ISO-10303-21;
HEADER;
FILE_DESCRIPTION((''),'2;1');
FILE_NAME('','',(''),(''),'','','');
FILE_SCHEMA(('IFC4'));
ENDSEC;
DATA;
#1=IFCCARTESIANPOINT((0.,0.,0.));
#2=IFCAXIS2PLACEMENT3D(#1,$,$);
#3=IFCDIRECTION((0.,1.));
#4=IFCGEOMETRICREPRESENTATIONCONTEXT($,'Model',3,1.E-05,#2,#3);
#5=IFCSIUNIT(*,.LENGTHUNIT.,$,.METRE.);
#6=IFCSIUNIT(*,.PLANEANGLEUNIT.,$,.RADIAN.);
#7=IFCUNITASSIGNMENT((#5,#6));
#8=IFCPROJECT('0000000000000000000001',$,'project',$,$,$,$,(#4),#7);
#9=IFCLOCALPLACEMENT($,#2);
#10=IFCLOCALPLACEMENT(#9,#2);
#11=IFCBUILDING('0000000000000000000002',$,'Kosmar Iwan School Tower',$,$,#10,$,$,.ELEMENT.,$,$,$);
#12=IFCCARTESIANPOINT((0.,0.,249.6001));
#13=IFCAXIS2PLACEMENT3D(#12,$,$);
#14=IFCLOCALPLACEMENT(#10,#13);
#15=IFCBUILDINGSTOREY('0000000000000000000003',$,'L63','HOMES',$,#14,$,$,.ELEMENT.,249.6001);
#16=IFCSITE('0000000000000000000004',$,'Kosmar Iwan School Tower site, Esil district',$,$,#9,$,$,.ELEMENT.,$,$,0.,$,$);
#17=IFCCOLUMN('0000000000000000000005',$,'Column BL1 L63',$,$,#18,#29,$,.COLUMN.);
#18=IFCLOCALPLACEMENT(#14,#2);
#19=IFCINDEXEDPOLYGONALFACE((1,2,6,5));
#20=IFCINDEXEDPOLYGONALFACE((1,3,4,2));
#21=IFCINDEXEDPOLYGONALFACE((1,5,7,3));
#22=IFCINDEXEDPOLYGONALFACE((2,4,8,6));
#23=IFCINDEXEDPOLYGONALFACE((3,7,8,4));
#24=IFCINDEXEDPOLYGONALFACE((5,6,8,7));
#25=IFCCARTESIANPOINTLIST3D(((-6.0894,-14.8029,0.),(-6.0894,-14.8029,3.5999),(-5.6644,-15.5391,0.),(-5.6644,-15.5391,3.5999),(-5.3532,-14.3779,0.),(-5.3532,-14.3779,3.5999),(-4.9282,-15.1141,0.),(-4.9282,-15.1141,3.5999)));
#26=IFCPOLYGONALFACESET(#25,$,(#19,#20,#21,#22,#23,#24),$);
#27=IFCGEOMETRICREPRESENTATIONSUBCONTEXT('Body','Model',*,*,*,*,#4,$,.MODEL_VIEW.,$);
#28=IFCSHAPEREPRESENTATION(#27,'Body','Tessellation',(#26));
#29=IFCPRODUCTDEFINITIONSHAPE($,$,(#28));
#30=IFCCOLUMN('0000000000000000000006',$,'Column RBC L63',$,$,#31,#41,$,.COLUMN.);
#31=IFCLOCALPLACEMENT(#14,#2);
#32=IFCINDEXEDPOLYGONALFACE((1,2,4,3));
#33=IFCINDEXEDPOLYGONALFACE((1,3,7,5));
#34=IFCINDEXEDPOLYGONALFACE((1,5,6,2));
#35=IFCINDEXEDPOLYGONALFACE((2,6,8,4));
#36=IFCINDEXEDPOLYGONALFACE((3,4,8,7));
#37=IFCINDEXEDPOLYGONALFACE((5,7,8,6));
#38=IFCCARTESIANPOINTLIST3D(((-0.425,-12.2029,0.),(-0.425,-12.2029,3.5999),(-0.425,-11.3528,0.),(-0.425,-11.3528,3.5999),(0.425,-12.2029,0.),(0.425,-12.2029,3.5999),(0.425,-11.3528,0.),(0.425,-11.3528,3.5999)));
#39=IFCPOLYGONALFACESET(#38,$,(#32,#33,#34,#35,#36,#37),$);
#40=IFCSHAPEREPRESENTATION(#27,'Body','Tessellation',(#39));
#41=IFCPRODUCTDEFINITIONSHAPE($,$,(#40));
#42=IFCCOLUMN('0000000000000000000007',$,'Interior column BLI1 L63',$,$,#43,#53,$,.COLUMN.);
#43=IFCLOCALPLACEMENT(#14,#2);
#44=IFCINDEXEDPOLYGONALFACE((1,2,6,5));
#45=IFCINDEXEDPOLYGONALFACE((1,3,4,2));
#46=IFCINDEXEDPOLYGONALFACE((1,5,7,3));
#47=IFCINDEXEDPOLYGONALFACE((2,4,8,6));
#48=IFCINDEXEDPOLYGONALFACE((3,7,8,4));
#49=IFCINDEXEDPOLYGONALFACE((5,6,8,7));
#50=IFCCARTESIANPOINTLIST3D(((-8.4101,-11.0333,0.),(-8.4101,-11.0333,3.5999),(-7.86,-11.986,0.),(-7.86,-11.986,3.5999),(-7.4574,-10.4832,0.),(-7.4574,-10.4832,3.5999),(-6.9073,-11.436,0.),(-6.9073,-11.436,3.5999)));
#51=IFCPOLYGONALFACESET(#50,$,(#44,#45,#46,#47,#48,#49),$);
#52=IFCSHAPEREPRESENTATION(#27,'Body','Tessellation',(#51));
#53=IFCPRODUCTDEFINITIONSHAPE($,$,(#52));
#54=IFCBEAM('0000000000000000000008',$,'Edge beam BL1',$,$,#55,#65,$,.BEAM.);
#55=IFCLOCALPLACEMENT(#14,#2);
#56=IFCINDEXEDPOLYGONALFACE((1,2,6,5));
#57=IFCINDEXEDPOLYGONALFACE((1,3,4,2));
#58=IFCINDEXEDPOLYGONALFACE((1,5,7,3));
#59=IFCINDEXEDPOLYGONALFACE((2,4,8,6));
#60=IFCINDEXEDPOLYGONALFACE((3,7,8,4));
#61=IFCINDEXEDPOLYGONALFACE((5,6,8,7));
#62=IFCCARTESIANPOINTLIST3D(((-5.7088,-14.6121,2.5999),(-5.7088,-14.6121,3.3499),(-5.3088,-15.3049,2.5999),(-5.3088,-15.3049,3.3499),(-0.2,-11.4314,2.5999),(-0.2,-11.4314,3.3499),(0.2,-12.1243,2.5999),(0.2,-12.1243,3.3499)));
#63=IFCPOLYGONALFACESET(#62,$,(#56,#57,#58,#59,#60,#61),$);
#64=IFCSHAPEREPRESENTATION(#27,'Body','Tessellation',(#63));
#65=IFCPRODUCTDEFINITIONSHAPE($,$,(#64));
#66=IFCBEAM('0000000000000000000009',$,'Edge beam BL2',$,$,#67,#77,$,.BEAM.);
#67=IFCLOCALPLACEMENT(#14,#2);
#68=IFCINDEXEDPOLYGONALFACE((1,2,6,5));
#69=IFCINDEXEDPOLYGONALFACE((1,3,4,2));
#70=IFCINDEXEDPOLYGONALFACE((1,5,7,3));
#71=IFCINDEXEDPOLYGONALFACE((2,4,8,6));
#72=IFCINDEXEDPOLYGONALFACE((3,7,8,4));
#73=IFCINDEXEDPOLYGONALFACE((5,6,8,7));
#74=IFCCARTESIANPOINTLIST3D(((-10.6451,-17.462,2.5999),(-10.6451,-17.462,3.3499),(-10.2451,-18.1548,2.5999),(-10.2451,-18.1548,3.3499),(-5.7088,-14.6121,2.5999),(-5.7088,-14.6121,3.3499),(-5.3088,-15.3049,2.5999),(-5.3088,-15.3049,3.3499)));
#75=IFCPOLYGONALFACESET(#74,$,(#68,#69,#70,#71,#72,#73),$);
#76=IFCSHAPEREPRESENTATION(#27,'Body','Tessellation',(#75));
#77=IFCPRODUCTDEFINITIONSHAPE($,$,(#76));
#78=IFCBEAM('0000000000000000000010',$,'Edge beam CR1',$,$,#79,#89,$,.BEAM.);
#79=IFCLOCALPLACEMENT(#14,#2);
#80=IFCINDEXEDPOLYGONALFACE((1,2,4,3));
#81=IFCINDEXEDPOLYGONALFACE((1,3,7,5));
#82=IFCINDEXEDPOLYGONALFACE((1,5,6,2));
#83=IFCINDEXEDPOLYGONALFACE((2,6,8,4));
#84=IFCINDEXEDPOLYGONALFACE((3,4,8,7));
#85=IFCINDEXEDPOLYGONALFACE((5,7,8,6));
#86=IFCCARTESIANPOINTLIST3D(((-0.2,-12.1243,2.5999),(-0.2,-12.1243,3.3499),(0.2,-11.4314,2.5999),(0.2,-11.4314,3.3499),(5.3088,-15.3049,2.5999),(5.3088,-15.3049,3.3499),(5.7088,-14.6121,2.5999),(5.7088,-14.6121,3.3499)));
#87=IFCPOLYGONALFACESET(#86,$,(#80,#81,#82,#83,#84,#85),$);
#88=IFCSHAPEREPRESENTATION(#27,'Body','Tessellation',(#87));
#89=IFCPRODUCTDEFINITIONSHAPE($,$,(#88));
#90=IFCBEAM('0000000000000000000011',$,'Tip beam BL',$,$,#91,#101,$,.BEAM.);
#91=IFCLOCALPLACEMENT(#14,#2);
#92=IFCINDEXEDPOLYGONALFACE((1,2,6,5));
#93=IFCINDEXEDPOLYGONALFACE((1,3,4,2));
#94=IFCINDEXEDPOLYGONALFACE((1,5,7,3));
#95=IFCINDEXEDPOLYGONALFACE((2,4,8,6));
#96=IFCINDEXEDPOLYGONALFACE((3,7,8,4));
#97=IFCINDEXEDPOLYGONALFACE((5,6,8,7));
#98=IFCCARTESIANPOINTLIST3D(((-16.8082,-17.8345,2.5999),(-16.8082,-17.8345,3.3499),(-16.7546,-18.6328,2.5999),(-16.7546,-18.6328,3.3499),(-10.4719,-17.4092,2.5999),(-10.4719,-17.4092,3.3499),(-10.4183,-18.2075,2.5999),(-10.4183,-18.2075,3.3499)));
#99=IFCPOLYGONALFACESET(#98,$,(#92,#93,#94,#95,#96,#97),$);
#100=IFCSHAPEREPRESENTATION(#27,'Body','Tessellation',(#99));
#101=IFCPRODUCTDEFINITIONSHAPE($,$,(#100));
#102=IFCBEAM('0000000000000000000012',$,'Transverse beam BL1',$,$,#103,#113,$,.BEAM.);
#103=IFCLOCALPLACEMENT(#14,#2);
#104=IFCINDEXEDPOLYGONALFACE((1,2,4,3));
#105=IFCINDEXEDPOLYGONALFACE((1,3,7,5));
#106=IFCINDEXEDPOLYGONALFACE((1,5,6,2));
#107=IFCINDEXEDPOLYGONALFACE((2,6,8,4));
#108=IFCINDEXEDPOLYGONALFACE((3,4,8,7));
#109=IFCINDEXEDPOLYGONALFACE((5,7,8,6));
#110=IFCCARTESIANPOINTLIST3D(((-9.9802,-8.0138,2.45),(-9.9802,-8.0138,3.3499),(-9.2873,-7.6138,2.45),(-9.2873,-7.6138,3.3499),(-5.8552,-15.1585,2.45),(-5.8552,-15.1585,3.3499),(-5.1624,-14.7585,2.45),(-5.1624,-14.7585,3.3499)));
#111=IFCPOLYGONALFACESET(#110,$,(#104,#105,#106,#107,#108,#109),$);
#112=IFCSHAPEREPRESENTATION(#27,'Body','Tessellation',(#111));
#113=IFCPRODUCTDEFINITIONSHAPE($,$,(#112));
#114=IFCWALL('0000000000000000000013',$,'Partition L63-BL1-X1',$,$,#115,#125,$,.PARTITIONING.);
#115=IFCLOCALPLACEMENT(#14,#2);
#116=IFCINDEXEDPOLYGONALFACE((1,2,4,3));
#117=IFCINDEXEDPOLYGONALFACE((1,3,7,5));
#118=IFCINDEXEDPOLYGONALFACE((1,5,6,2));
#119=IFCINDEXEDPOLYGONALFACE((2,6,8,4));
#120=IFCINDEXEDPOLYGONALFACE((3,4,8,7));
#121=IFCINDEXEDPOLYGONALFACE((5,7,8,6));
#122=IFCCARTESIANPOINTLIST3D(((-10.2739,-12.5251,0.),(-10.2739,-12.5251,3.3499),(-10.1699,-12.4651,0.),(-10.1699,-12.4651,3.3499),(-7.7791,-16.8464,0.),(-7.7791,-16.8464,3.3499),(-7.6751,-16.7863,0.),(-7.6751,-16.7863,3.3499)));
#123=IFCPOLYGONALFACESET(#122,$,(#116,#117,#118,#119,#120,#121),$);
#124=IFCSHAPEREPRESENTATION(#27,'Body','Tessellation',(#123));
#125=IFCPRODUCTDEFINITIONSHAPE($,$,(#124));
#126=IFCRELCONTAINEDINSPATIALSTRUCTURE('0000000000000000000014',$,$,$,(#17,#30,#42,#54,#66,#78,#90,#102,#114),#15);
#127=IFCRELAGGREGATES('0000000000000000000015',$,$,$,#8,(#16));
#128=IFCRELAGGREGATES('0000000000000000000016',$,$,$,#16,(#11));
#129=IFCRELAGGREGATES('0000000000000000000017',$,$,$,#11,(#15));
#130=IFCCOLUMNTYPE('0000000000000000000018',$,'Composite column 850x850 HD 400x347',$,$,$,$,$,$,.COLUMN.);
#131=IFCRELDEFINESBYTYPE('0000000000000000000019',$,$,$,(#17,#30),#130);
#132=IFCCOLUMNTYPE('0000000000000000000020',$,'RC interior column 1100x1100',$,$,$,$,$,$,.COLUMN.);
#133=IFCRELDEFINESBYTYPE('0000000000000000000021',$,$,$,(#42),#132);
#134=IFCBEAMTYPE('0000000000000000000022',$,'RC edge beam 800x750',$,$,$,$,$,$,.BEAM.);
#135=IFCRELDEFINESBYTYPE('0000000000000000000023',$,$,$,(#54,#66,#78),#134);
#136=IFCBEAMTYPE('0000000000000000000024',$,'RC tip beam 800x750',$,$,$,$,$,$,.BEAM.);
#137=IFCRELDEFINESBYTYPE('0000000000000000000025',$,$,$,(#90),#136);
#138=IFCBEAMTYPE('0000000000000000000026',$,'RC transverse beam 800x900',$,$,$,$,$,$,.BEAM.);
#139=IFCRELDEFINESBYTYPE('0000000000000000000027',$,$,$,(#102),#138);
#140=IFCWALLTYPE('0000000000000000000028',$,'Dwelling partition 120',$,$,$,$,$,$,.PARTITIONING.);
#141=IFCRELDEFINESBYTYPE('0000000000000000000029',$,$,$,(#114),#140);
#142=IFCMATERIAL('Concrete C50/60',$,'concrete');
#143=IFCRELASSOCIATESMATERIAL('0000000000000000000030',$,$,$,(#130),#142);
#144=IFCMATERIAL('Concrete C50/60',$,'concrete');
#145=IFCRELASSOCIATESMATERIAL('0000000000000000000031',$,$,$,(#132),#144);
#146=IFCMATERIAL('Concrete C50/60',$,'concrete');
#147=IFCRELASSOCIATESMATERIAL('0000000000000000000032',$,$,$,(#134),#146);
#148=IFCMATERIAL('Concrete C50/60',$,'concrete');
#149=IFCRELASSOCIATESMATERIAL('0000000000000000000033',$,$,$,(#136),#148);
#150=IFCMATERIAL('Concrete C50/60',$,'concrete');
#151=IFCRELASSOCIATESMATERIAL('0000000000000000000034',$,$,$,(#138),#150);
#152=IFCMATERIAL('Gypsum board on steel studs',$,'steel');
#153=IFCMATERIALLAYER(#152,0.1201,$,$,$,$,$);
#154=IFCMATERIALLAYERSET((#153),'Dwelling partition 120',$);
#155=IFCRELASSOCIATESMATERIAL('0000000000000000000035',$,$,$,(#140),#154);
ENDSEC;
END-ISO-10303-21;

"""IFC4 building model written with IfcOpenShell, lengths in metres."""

from ifc_helpers import new_model, si_unit, direction, frame, frame_2d, origin, origin_2d, place, context, subcontext, project, spatial, rectangle, extrude, material, layer, layer_set, material_profile, profile_set, type_object, element, save


model = new_model("IFC4")

# Units and contexts
model_context = context("Model", 3, precision=1e-05, world=origin(), true_north=direction((0.0, 1.0)))
body_context = subcontext(model_context, "Body", "Model", "MODEL_VIEW")
ifc_project = project(units=[si_unit("LENGTHUNIT", "METRE"), si_unit("PLANEANGLEUNIT", "RADIAN")], contexts=[model_context])

# Site, building, storey
site_placement = place(None, origin())
site = spatial("IfcSite", under=ifc_project, at=site_placement, Name="Kosmar Iwan School Tower site, Esil district", CompositionType="ELEMENT", RefElevation=0.0)
building_placement = place(site_placement, origin())
building = spatial("IfcBuilding", under=site, at=building_placement, Name="Kosmar Iwan School Tower", CompositionType="ELEMENT")
storey_placement = place(building_placement, frame((0.0, 0.0, 249.6001)))
storey = spatial("IfcBuildingStorey", under=building, at=storey_placement, Name="L63", Description="HOMES", CompositionType="ELEMENT", Elevation=249.6001)

# Columns
ifc_material_1 = material(Name="Concrete C50/60", Category="concrete")
ifc_material_profile_1 = material_profile(ifc_material_1, rectangle(XDim=0.8501, YDim=0.8501, at=origin_2d()), Name="RC 850x850 + HD 400x347")
ifc_profile_set_1 = profile_set([ifc_material_profile_1], Name="Concrete C50/60")
column_type_1 = type_object("IfcColumnType", Name="Composite column 850x850 HD 400x347", PredefinedType="COLUMN", material=ifc_profile_set_1)
for number, where, z_axis, x_axis, name in (
    (1, (-5.5088, -14.9585, 0.0), (0.0, 0.0, 1.0), (-0.866025, -0.5, 0.0), "Column BL1 L63"),
    (2, (0.0, -11.7778, 0.0), (0.0, 0.0, 1.0), (1.0, 0.0, 0.0), "Column RBC L63"),
):
    element("IfcColumn", number, at=place(storey_placement, frame(where, z_axis=z_axis, x_axis=x_axis)), inside=storey, type_object=column_type_1, Name=name, PredefinedType="COLUMN", context=body_context, shape_type="SweptSolid", body=[
        extrude(rectangle(XDim=0.8501, YDim=0.8501, at=origin_2d()), origin(), (0.0, 0.0, 1.0), 3.5999),
    ])
ifc_material_2 = material(Name="Concrete C50/60", Category="concrete")
ifc_material_profile_2 = material_profile(ifc_material_2, rectangle(XDim=1.1001, YDim=1.1001, at=origin_2d()), Name="RC 1100x1100")
ifc_profile_set_2 = profile_set([ifc_material_profile_2], Name="Concrete C50/60")
column_type_2 = type_object("IfcColumnType", Name="RC interior column 1100x1100", PredefinedType="COLUMN", material=ifc_profile_set_2)
column_placement = place(storey_placement, frame((-7.6587, -11.2346, 0.0), z_axis=(0.0, 0.0, 1.0), x_axis=(-0.866025, -0.5, 0.0)))
element("IfcColumn", 3, at=column_placement, inside=storey, type_object=column_type_2, Name="Interior column BLI1 L63", PredefinedType="COLUMN", context=body_context, shape_type="SweptSolid", body=[
    extrude(rectangle(XDim=1.1001, YDim=1.1001, at=origin_2d()), origin(), (0.0, 0.0, 1.0), 3.5999),
])

# Beams
ifc_material_3 = material(Name="Concrete C50/60", Category="concrete")
ifc_material_profile_3 = material_profile(ifc_material_3, rectangle(XDim=0.8, YDim=0.75, at=origin_2d()), Name="RC 800x750")
ifc_profile_set_3 = profile_set([ifc_material_profile_3], Name="Concrete C50/60")
beam_type_1 = type_object("IfcBeamType", Name="RC edge beam 800x750", PredefinedType="BEAM", material=ifc_profile_set_3)
beam_1_placement = place(storey_placement, frame((0.0, -11.7778, 2.9749), z_axis=(-0.866014, -0.500019, 0.0), x_axis=(0.500019, -0.866014, 0.0)))
element("IfcBeam", 4, at=beam_1_placement, inside=storey, type_object=beam_type_1, Name="Edge beam BL1", PredefinedType="BEAM", context=body_context, shape_type="SweptSolid", body=[
    extrude(rectangle(XDim=0.8, YDim=0.75, at=origin_2d()), origin(), (0.0, 0.0, 1.0), 6.3611),
])
beam_2_placement = place(storey_placement, frame((-5.5088, -14.9585, 2.9749), z_axis=(-0.866034, -0.499986, 0.0), x_axis=(0.499986, -0.866034, 0.0)))
element("IfcBeam", 5, at=beam_2_placement, inside=storey, type_object=beam_type_1, Name="Edge beam BL2", PredefinedType="BEAM", context=body_context, shape_type="SweptSolid", body=[
    extrude(rectangle(XDim=0.8, YDim=0.75, at=origin_2d()), origin(), (0.0, 0.0, 1.0), 5.7),
])
beam_3_placement = place(storey_placement, frame((0.0, -11.7778, 2.9749), z_axis=(0.866014, -0.500019, 0.0), x_axis=(0.500019, 0.866014, 0.0)))
element("IfcBeam", 6, at=beam_3_placement, inside=storey, type_object=beam_type_1, Name="Edge beam CR1", PredefinedType="BEAM", context=body_context, shape_type="SweptSolid", body=[
    extrude(rectangle(XDim=0.8, YDim=0.75, at=origin_2d()), origin(), (0.0, 0.0, 1.0), 6.3611),
])
ifc_material_4 = material(Name="Concrete C50/60", Category="concrete")
ifc_material_profile_4 = material_profile(ifc_material_4, rectangle(XDim=0.8, YDim=0.75, at=origin_2d()), Name="RC 800x750")
ifc_profile_set_4 = profile_set([ifc_material_profile_4], Name="Concrete C50/60")
beam_type_2 = type_object("IfcBeamType", Name="RC tip beam 800x750", PredefinedType="BEAM", material=ifc_profile_set_4)
beam_4_placement = place(storey_placement, frame((-10.4451, -17.8083, 2.9749), z_axis=(-0.997755, -0.066968, 0.0), x_axis=(0.066968, -0.997755, 0.0)))
element("IfcBeam", 7, at=beam_4_placement, inside=storey, type_object=beam_type_2, Name="Tip beam BL", PredefinedType="BEAM", context=body_context, shape_type="SweptSolid", body=[
    extrude(rectangle(XDim=0.8, YDim=0.75, at=origin_2d()), origin(), (0.0, 0.0, 1.0), 6.3506),
])
ifc_material_5 = material(Name="Concrete C50/60", Category="concrete")
ifc_material_profile_5 = material_profile(ifc_material_5, rectangle(XDim=0.8, YDim=0.8999, at=origin_2d()), Name="RC 800x900")
ifc_profile_set_5 = profile_set([ifc_material_profile_5], Name="Concrete C50/60")
beam_type_3 = type_object("IfcBeamType", Name="RC transverse beam 800x900", PredefinedType="BEAM", material=ifc_profile_set_5)
beam_5_placement = place(storey_placement, frame((-5.5088, -14.9585, 2.8999), z_axis=(-0.499997, 0.866027, 0.0), x_axis=(-0.866027, -0.499997, 0.0)))
element("IfcBeam", 8, at=beam_5_placement, inside=storey, type_object=beam_type_3, Name="Transverse beam BL1", PredefinedType="BEAM", context=body_context, shape_type="SweptSolid", body=[
    extrude(rectangle(XDim=0.8, YDim=0.8999, at=origin_2d()), origin(), (0.0, 0.0, 1.0), 8.25),
])

# Wall
ifc_material_6 = material(Name="Gypsum board on steel studs", Category="steel")
ifc_layer_1 = layer(ifc_material_6, 0.1201)
ifc_layer_set_1 = layer_set([ifc_layer_1], Name="Dwelling partition 120")
wall_type_1 = type_object("IfcWallType", Name="Dwelling partition 120", PredefinedType="PARTITIONING", material=ifc_layer_set_1)
wall_1_placement = place(storey_placement, frame((-10.2219, -12.4951, 0.0), z_axis=(0.0, 0.0, 1.0), x_axis=(0.499996, -0.866028, 0.0)))
element("IfcWall", 9, at=wall_1_placement, inside=storey, type_object=wall_type_1, Name="Partition L63-BL1-X1", PredefinedType="PARTITIONING", context=body_context, shape_type="SweptSolid", body=[
    extrude(rectangle(XDim=4.9897, YDim=0.1201, at=frame_2d((2.4949, 0.0))), origin(), (0.0, 0.0, 1.0), 3.3499),
])

save(model, "model.ifc")
